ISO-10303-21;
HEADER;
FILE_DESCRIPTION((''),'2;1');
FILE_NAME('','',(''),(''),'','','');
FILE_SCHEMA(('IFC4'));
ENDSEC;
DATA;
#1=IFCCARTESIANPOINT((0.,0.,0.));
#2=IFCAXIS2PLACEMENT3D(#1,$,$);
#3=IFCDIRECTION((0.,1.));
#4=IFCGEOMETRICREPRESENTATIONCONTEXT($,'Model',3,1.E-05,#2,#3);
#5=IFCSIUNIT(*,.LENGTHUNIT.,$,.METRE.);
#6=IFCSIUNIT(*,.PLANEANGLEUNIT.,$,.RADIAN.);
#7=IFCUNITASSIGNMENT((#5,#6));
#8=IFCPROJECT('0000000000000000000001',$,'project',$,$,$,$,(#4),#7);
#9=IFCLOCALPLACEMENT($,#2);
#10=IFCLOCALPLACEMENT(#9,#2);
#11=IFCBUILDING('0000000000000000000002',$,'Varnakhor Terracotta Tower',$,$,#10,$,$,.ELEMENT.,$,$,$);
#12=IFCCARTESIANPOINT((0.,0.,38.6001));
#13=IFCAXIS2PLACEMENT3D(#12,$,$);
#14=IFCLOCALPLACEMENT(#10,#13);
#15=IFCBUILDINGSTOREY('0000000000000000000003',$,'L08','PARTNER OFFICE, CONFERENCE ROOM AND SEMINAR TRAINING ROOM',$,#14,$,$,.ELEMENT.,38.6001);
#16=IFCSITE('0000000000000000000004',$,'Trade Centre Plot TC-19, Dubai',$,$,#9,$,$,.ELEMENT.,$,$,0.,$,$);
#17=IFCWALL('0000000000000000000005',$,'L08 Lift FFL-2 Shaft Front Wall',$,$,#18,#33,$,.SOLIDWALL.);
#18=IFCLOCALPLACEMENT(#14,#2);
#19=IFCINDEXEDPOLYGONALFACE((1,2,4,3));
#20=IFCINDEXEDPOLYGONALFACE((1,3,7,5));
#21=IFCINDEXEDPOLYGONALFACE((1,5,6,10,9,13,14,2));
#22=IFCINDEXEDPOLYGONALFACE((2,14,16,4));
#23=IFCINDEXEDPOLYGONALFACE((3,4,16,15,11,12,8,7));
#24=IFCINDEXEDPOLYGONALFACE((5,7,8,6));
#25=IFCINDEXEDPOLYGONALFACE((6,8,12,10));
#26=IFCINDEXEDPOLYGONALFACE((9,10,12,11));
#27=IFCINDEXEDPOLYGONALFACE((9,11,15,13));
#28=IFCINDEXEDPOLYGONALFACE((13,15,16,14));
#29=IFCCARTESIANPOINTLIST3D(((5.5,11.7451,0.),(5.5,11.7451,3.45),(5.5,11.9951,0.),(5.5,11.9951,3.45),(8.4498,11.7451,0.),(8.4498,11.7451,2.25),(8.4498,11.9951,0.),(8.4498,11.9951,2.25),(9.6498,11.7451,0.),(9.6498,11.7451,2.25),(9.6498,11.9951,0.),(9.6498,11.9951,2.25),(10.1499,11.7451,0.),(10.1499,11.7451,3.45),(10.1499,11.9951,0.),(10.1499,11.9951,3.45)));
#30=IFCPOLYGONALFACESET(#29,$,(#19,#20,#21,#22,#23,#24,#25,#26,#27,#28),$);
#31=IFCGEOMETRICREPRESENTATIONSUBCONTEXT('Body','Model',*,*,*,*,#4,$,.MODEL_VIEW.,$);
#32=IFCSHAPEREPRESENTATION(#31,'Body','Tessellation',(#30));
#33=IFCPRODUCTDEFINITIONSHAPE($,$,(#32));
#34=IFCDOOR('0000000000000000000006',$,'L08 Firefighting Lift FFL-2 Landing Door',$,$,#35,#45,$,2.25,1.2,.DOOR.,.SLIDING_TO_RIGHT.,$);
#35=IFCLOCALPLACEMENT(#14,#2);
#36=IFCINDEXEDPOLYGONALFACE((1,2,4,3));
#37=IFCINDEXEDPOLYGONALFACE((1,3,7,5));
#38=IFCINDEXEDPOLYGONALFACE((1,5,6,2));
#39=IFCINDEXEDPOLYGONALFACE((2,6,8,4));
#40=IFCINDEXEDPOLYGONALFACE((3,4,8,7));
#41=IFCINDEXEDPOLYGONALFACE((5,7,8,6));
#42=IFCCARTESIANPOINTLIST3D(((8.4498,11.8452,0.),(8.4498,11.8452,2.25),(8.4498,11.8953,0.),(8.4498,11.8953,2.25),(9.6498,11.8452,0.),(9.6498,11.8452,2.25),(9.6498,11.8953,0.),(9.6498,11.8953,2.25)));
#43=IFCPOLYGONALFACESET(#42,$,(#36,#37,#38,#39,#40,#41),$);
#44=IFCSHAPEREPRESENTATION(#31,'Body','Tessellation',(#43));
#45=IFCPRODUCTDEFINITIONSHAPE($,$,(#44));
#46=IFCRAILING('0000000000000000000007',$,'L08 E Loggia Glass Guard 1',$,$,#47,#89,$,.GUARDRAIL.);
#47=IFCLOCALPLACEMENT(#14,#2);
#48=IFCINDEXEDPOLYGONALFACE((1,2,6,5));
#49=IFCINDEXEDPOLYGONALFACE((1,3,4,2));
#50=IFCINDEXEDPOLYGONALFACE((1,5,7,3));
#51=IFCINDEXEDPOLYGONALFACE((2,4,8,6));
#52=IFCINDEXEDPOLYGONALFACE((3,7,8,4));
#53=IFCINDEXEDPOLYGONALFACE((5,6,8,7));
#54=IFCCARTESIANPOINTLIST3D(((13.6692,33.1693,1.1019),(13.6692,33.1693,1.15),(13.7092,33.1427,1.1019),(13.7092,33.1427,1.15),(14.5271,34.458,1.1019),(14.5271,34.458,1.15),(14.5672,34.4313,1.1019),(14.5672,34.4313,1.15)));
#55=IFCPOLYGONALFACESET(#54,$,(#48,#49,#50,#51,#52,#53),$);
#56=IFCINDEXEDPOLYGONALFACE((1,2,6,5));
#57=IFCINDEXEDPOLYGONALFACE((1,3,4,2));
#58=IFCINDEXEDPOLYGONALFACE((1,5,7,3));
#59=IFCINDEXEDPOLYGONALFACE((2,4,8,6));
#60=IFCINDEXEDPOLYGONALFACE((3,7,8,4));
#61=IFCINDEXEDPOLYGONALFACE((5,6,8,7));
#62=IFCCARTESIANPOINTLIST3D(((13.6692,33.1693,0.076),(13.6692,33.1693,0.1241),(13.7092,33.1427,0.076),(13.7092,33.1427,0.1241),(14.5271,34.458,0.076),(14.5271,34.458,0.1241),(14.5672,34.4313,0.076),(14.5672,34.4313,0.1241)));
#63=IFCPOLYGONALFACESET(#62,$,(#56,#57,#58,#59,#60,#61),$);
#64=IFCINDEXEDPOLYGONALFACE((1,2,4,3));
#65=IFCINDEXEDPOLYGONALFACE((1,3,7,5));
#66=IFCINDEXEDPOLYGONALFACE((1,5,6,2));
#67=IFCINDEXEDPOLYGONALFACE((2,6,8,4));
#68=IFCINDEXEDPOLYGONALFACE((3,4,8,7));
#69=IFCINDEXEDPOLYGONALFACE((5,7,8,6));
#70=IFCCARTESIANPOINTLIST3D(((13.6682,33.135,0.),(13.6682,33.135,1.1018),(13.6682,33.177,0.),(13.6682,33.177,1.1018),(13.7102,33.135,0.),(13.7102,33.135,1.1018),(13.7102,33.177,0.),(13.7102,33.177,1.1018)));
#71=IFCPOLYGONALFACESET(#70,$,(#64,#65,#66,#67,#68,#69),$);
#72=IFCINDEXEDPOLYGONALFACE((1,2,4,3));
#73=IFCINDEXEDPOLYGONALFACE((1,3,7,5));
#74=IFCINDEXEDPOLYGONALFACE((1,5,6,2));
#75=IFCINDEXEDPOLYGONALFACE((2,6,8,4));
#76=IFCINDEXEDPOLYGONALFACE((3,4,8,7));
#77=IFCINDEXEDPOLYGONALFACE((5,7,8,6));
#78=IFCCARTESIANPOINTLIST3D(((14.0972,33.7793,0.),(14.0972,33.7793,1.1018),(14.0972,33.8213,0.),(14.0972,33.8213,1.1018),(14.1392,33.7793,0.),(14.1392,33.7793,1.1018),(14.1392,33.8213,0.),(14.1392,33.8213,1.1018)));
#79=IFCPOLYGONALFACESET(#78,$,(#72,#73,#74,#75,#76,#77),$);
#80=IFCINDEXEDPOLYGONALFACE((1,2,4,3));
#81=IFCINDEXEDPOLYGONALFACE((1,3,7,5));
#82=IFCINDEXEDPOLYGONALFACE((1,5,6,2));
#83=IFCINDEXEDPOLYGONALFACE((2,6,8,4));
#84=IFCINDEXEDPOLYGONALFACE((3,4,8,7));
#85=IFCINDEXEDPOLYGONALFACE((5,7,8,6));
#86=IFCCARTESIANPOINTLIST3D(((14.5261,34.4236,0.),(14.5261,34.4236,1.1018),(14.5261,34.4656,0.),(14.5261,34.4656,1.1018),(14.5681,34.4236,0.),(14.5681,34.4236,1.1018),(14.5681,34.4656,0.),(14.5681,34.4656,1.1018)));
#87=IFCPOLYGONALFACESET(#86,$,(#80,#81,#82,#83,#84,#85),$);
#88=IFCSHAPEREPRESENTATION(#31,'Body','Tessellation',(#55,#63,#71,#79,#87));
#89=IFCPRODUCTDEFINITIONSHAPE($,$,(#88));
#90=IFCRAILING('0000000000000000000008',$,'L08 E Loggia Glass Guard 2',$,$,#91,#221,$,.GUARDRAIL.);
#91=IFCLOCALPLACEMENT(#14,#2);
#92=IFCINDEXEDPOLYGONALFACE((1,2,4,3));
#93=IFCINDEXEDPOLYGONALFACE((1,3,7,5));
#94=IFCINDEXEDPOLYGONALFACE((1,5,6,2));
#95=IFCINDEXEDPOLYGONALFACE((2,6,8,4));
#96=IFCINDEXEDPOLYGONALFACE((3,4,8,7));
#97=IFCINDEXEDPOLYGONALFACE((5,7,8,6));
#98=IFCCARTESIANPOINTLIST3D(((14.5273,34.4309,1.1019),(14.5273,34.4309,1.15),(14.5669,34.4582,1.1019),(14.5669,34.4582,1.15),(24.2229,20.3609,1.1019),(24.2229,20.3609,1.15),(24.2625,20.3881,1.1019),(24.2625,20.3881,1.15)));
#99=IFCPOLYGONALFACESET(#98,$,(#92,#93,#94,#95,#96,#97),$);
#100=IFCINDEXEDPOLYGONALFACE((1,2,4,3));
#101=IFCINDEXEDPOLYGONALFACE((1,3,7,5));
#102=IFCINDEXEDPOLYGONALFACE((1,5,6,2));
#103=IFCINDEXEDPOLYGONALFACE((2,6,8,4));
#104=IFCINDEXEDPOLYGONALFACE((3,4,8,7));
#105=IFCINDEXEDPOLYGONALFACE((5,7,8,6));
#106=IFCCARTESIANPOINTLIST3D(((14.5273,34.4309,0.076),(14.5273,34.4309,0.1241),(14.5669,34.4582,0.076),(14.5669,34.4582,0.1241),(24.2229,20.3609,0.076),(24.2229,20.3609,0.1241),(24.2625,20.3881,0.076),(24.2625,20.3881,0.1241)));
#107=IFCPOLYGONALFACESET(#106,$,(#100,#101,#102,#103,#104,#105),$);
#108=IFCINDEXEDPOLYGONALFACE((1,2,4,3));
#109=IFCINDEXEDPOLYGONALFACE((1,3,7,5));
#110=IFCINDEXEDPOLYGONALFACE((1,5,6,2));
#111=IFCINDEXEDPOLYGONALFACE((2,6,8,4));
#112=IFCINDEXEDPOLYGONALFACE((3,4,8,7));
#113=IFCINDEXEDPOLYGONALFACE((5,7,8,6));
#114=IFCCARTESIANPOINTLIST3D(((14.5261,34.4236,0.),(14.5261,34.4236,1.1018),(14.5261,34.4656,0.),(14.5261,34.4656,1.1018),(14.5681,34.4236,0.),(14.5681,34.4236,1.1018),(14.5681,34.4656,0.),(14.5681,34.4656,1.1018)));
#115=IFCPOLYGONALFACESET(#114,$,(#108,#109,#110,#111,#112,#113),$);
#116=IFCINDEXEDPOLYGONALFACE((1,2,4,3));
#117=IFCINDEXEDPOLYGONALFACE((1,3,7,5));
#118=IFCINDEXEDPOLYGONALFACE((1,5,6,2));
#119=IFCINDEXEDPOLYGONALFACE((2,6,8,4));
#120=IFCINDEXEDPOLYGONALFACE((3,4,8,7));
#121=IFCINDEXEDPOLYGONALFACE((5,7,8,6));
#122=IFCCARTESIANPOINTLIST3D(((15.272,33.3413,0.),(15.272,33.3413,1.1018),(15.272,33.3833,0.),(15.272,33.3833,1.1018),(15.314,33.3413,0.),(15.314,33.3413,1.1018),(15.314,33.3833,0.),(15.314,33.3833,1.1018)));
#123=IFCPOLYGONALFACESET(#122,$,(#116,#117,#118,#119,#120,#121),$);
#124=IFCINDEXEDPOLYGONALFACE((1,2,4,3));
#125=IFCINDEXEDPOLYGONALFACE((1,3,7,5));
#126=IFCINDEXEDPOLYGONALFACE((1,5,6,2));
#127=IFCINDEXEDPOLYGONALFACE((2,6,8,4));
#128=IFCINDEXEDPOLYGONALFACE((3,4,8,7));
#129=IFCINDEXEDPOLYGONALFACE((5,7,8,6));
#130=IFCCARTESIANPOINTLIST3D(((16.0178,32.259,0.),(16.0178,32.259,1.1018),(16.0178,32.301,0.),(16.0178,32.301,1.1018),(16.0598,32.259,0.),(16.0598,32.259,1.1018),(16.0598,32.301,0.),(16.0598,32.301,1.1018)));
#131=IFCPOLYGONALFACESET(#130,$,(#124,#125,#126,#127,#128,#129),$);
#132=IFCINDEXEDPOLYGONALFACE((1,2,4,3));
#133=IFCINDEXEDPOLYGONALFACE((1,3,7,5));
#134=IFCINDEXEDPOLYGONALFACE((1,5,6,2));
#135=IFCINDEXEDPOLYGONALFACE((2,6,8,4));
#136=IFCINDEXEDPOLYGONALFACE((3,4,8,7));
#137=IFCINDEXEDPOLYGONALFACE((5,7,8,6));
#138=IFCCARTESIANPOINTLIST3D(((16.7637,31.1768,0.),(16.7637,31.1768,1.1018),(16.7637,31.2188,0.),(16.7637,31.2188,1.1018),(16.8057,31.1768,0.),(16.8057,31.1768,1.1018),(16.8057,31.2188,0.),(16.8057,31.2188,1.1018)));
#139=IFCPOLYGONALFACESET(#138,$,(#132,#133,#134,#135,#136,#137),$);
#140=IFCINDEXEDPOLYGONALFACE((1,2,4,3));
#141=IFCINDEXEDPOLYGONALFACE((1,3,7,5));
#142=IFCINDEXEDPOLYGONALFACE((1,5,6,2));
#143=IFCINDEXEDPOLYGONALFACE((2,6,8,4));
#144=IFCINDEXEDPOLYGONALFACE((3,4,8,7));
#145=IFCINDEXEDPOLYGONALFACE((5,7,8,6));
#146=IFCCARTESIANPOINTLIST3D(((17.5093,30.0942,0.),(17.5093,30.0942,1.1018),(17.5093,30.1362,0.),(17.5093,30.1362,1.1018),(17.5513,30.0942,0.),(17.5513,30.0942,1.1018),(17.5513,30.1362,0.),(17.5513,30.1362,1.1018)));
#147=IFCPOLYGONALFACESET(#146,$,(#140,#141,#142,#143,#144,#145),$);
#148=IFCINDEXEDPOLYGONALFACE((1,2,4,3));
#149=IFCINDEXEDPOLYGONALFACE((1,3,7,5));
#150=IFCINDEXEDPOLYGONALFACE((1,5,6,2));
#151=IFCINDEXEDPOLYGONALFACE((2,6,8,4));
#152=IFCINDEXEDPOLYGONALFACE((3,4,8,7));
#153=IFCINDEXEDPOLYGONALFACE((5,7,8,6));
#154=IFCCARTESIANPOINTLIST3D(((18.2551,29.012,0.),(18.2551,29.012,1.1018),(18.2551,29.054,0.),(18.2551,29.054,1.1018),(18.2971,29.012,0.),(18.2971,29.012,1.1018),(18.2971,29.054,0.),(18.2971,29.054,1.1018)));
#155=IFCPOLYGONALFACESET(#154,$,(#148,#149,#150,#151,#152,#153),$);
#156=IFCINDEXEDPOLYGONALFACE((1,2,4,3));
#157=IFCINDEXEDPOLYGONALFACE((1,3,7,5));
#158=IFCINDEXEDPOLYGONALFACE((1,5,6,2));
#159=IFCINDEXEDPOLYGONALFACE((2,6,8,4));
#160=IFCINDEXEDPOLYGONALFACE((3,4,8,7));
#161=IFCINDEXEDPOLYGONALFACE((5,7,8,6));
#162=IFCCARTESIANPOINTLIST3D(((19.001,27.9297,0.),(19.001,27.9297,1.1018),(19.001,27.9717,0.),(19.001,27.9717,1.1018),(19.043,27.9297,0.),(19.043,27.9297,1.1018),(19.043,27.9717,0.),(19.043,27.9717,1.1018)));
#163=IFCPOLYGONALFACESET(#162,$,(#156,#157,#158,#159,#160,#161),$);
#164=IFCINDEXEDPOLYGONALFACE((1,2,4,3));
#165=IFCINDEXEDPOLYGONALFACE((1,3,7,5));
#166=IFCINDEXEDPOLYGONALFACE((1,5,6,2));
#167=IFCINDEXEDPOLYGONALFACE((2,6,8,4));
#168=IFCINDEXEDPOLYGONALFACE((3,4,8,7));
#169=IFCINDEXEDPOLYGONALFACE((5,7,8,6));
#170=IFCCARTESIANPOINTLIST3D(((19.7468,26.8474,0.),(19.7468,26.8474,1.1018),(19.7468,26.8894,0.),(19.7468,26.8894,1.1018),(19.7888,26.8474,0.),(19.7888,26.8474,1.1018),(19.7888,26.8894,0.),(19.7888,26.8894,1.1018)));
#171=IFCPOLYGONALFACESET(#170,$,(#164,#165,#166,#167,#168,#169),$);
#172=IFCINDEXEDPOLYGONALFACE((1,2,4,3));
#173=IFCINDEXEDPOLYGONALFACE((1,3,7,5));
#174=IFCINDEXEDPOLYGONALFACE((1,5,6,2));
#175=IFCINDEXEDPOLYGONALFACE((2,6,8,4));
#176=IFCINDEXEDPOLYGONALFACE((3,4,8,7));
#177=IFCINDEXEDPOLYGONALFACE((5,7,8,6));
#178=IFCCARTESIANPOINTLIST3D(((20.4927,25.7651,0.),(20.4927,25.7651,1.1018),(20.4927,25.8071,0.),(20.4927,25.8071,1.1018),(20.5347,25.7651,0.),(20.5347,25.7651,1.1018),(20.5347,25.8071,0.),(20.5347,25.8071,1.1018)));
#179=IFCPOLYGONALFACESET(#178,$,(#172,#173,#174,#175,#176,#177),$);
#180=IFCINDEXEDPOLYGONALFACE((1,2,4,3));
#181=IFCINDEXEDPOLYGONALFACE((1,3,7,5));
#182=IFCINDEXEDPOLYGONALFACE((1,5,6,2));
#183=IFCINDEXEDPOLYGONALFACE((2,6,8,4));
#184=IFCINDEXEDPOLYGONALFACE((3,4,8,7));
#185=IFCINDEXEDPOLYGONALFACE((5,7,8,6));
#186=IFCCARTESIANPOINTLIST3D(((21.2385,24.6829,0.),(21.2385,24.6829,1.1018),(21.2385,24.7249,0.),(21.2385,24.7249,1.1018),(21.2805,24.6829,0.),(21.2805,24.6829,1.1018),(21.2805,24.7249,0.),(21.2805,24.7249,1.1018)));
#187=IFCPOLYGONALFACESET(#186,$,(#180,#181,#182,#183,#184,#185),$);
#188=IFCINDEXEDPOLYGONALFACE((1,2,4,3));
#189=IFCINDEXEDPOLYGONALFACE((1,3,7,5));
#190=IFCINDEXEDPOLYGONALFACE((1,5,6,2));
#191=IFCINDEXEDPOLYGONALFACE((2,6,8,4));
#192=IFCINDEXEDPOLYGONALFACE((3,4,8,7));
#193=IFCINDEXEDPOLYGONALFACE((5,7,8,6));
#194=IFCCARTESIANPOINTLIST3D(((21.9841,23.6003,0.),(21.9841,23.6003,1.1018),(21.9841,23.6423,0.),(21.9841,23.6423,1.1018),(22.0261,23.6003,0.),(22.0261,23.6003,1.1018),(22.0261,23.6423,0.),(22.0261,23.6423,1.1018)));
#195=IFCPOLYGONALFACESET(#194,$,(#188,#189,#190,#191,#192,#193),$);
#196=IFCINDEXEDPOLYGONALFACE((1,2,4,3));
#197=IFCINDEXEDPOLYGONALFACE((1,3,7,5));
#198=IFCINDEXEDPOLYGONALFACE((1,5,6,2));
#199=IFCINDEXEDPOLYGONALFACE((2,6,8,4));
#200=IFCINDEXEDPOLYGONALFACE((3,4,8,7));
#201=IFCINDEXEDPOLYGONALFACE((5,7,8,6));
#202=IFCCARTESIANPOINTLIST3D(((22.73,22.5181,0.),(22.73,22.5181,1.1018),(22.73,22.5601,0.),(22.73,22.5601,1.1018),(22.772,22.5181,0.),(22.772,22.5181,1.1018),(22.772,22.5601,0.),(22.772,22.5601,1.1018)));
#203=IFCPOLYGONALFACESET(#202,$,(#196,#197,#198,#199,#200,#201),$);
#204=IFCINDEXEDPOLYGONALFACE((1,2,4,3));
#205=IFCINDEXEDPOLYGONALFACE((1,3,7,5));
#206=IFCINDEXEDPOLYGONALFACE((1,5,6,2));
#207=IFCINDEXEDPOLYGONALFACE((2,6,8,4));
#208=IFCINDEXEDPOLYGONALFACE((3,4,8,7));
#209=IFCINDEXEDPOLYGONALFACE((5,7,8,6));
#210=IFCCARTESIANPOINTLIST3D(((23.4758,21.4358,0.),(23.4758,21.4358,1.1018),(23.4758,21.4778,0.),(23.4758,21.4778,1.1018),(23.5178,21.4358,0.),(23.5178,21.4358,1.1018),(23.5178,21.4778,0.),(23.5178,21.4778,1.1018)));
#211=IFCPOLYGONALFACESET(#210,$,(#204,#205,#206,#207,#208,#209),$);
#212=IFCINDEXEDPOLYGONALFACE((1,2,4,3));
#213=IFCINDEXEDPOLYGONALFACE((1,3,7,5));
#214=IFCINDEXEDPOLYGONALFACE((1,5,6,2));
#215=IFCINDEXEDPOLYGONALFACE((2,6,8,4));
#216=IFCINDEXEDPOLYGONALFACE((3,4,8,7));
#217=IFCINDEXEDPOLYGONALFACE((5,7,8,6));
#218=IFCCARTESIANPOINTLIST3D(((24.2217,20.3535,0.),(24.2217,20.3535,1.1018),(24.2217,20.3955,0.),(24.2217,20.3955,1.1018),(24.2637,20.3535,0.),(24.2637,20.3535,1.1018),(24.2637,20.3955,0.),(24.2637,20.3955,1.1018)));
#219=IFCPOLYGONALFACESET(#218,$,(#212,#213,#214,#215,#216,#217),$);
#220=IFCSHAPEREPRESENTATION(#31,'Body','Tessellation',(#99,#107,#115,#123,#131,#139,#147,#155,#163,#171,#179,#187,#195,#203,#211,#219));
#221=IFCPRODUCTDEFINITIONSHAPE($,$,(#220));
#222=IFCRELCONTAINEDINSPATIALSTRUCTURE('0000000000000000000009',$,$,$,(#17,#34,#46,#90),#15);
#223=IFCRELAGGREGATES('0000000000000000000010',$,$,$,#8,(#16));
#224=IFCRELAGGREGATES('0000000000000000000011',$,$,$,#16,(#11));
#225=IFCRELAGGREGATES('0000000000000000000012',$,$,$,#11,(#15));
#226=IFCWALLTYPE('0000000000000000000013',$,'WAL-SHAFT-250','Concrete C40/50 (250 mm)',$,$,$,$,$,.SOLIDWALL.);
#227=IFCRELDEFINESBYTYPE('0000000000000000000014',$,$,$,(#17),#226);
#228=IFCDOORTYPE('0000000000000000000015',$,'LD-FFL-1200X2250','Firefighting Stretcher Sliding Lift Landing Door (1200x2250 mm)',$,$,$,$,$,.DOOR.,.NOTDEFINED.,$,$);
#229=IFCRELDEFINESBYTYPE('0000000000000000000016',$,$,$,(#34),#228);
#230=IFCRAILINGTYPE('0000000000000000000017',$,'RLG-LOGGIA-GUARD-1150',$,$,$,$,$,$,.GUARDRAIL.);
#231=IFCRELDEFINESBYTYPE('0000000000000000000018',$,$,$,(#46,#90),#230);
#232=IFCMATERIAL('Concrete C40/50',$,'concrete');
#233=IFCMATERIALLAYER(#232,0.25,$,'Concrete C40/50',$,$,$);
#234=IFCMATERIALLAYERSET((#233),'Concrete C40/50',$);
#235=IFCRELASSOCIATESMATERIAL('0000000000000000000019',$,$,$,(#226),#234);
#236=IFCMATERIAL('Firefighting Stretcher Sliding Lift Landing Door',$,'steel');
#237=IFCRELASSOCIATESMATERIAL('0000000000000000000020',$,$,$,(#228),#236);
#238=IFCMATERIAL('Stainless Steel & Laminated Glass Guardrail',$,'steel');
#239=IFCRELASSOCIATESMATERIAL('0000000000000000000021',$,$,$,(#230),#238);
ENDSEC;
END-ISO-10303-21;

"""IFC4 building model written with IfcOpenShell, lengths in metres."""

from ifc_helpers import new_model, si_unit, direction, frame, frame_2d, origin, origin_2d, place, context, subcontext, project, spatial, rectangle, extrude, source, transform, mapped, material, layer, layer_set, type_object, type_shapes, element, fill, save


model = new_model("IFC4")

# Units and contexts
model_context = context("Model", 3, precision=1e-05, world=origin(), true_north=direction((0.0, 1.0)))
body_context = subcontext(model_context, "Body", "Model", "MODEL_VIEW")
ifc_project = project(units=[si_unit("LENGTHUNIT", "METRE"), si_unit("PLANEANGLEUNIT", "RADIAN")], contexts=[model_context])

# Site, building, storey
site_placement = place(None, origin())
site = spatial("IfcSite", under=ifc_project, at=site_placement, Name="Trade Centre Plot TC-19, Dubai", CompositionType="ELEMENT", RefElevation=0.0)
building_placement = place(site_placement, origin())
building = spatial("IfcBuilding", under=site, at=building_placement, Name="Varnakhor Terracotta Tower", CompositionType="ELEMENT")
storey_placement = place(building_placement, frame((0.0, 0.0, 38.6001)))
storey = spatial("IfcBuildingStorey", under=building, at=storey_placement, Name="L08", Description="PARTNER OFFICE, CONFERENCE ROOM AND SEMINAR TRAINING ROOM", CompositionType="ELEMENT", Elevation=38.6001)

# Shared definitions
ifc_material_1 = material(Name="Concrete C40/50", Category="concrete")

# Wall, opening, door
ifc_layer_1 = layer(ifc_material_1, 0.25, Name="Concrete C40/50")
ifc_layer_set_1 = layer_set([ifc_layer_1], Name="Concrete C40/50")
wall_type_1 = type_object("IfcWallType", Name="WAL-SHAFT-250", Description="Concrete C40/50 (250 mm)", PredefinedType="SOLIDWALL", material=ifc_layer_set_1)
wall_1_placement = place(storey_placement, frame((10.1499, 11.8701, 0.0), z_axis=(0.0, 0.0, 1.0), x_axis=(-1.0, 0.0, 0.0)))
wall_1 = element("IfcWall", 1, at=wall_1_placement, inside=storey, type_object=wall_type_1, Name="L08 Lift FFL-2 Shaft Front Wall", PredefinedType="SOLIDWALL", context=body_context, shape_type="SweptSolid", body=[
    extrude(rectangle(XDim=4.6499, YDim=0.25, at=frame_2d((2.325, 0.0))), origin(), (0.0, 0.0, 1.0), 3.45),
])
opening_1_placement = place(wall_1_placement, frame((0.5, 0.0, 0.0)))
opening_1 = element("IfcOpeningElement", 2, at=opening_1_placement, cuts=wall_1, PredefinedType="OPENING", context=body_context, shape_type="SweptSolid", body=[
    extrude(rectangle(XDim=1.2, YDim=2.25, at=frame_2d((0.6001, 1.125))), frame((0.0, 0.135, 0.0), z_axis=(0.0, -1.0, 0.0), x_axis=(1.0, 0.0, 0.0)), (0.0, 0.0, 1.0), 0.27),
])
ifc_material_2 = material(Name="Firefighting Stretcher Sliding Lift Landing Door", Category="steel")
door_type_1 = type_object("IfcDoorType", Name="LD-FFL-1200X2250", Description="Firefighting Stretcher Sliding Lift Landing Door (1200x2250 mm)", OperationType="NOTDEFINED", PredefinedType="DOOR", material=ifc_material_2)
shared_shape_1 = source(origin(), body_context, "Body", "SweptSolid", [
    extrude(rectangle(XDim=1.2, YDim=2.25, at=frame_2d((0.6001, 1.125))), frame((0.0, 0.0249, 0.0), z_axis=(0.0, -1.0, 0.0), x_axis=(1.0, 0.0, 0.0)), (0.0, 0.0, 1.0), 0.05),
])
type_shapes(door_type_1, [shared_shape_1])
door_1_placement = place(opening_1_placement, origin())
door_1 = element("IfcDoor", 3, at=door_1_placement, inside=storey, type_object=door_type_1, Name="L08 Firefighting Lift FFL-2 Landing Door", OperationType="SLIDING_TO_RIGHT", OverallHeight=2.25, OverallWidth=1.2, PredefinedType="DOOR", context=body_context, shape_type="MappedRepresentation", body=[
    mapped(shared_shape_1, transform((0.0, 0.0, 0.0), scale=1.0)),
])
fill(opening_1, door_1)

# Railings
ifc_material_3 = material(Name="Stainless Steel & Laminated Glass Guardrail", Category="steel")
railing_type = type_object("IfcRailingType", Name="RLG-LOGGIA-GUARD-1150", PredefinedType="GUARDRAIL", material=ifc_material_3)
railing_1_placement = place(storey_placement, frame((13.6892, 33.156, 0.0)))
element("IfcRailing", 4, at=railing_1_placement, inside=storey, type_object=railing_type, Name="L08 E Loggia Glass Guard 1", PredefinedType="GUARDRAIL", context=body_context, shape_type="SweptSolid", body=[
    extrude(rectangle(XDim=0.0481, YDim=0.0481, at=origin_2d()), frame((0.0, 0.0, 1.126), z_axis=(0.554191, 0.83239, 0.0), x_axis=(-0.83239, 0.554191, 0.0)), (0.0, 0.0, 1.0), 1.5481),
    extrude(rectangle(XDim=0.0481, YDim=0.0481, at=origin_2d()), frame((0.0, 0.0, 0.1001), z_axis=(0.554191, 0.83239, 0.0), x_axis=(-0.83239, 0.554191, 0.0)), (0.0, 0.0, 1.0), 1.5481),
    extrude(rectangle(XDim=0.042, YDim=0.042, at=origin_2d()), origin(), (0.0, 0.0, 1.0), 1.1018),
    extrude(rectangle(XDim=0.042, YDim=0.042, at=origin_2d()), frame((0.429, 0.6443, 0.0)), (0.0, 0.0, 1.0), 1.1018),
    extrude(rectangle(XDim=0.042, YDim=0.042, at=origin_2d()), frame((0.8579, 1.2886, 0.0)), (0.0, 0.0, 1.0), 1.1018),
])
railing_2_placement = place(storey_placement, frame((14.5471, 34.4446, 0.0)))
element("IfcRailing", 5, at=railing_2_placement, inside=storey, type_object=railing_type, Name="L08 E Loggia Glass Guard 2", PredefinedType="GUARDRAIL", context=body_context, shape_type="SweptSolid", body=[
    extrude(rectangle(XDim=0.0481, YDim=0.0481, at=origin_2d()), frame((0.0, 0.0, 1.126), z_axis=(0.567418, -0.82343, 0.0), x_axis=(0.82343, 0.567418, 0.0)), (0.0, 0.0, 1.0), 17.0872),
    extrude(rectangle(XDim=0.0481, YDim=0.0481, at=origin_2d()), frame((0.0, 0.0, 0.1001), z_axis=(0.567418, -0.82343, 0.0), x_axis=(0.82343, 0.567418, 0.0)), (0.0, 0.0, 1.0), 17.0872),
    extrude(rectangle(XDim=0.042, YDim=0.042, at=origin_2d()), origin(), (0.0, 0.0, 1.0), 1.1018),
    extrude(rectangle(XDim=0.042, YDim=0.042, at=origin_2d()), frame((0.7458, -1.0823, 0.0)), (0.0, 0.0, 1.0), 1.1018),
    extrude(rectangle(XDim=0.042, YDim=0.042, at=origin_2d()), frame((1.4917, -2.1646, 0.0)), (0.0, 0.0, 1.0), 1.1018),
    extrude(rectangle(XDim=0.042, YDim=0.042, at=origin_2d()), frame((2.2375, -3.2468, 0.0)), (0.0, 0.0, 1.0), 1.1018),
    extrude(rectangle(XDim=0.042, YDim=0.042, at=origin_2d()), frame((2.9832, -4.3293, 0.0)), (0.0, 0.0, 1.0), 1.1018),
    extrude(rectangle(XDim=0.042, YDim=0.042, at=origin_2d()), frame((3.729, -5.4116, 0.0)), (0.0, 0.0, 1.0), 1.1018),
    extrude(rectangle(XDim=0.042, YDim=0.042, at=origin_2d()), frame((4.4749, -6.4939, 0.0)), (0.0, 0.0, 1.0), 1.1018),
    extrude(rectangle(XDim=0.042, YDim=0.042, at=origin_2d()), frame((5.2207, -7.5762, 0.0)), (0.0, 0.0, 1.0), 1.1018),
    extrude(rectangle(XDim=0.042, YDim=0.042, at=origin_2d()), frame((5.9666, -8.6584, 0.0)), (0.0, 0.0, 1.0), 1.1018),
    extrude(rectangle(XDim=0.042, YDim=0.042, at=origin_2d()), frame((6.7124, -9.7407, 0.0)), (0.0, 0.0, 1.0), 1.1018),
    extrude(rectangle(XDim=0.042, YDim=0.042, at=origin_2d()), frame((7.458, -10.8232, 0.0)), (0.0, 0.0, 1.0), 1.1018),
    extrude(rectangle(XDim=0.042, YDim=0.042, at=origin_2d()), frame((8.2039, -11.9055, 0.0)), (0.0, 0.0, 1.0), 1.1018),
    extrude(rectangle(XDim=0.042, YDim=0.042, at=origin_2d()), frame((8.9497, -12.9878, 0.0)), (0.0, 0.0, 1.0), 1.1018),
    extrude(rectangle(XDim=0.042, YDim=0.042, at=origin_2d()), frame((9.6956, -14.0701, 0.0)), (0.0, 0.0, 1.0), 1.1018),
])

save(model, "model.ifc")
